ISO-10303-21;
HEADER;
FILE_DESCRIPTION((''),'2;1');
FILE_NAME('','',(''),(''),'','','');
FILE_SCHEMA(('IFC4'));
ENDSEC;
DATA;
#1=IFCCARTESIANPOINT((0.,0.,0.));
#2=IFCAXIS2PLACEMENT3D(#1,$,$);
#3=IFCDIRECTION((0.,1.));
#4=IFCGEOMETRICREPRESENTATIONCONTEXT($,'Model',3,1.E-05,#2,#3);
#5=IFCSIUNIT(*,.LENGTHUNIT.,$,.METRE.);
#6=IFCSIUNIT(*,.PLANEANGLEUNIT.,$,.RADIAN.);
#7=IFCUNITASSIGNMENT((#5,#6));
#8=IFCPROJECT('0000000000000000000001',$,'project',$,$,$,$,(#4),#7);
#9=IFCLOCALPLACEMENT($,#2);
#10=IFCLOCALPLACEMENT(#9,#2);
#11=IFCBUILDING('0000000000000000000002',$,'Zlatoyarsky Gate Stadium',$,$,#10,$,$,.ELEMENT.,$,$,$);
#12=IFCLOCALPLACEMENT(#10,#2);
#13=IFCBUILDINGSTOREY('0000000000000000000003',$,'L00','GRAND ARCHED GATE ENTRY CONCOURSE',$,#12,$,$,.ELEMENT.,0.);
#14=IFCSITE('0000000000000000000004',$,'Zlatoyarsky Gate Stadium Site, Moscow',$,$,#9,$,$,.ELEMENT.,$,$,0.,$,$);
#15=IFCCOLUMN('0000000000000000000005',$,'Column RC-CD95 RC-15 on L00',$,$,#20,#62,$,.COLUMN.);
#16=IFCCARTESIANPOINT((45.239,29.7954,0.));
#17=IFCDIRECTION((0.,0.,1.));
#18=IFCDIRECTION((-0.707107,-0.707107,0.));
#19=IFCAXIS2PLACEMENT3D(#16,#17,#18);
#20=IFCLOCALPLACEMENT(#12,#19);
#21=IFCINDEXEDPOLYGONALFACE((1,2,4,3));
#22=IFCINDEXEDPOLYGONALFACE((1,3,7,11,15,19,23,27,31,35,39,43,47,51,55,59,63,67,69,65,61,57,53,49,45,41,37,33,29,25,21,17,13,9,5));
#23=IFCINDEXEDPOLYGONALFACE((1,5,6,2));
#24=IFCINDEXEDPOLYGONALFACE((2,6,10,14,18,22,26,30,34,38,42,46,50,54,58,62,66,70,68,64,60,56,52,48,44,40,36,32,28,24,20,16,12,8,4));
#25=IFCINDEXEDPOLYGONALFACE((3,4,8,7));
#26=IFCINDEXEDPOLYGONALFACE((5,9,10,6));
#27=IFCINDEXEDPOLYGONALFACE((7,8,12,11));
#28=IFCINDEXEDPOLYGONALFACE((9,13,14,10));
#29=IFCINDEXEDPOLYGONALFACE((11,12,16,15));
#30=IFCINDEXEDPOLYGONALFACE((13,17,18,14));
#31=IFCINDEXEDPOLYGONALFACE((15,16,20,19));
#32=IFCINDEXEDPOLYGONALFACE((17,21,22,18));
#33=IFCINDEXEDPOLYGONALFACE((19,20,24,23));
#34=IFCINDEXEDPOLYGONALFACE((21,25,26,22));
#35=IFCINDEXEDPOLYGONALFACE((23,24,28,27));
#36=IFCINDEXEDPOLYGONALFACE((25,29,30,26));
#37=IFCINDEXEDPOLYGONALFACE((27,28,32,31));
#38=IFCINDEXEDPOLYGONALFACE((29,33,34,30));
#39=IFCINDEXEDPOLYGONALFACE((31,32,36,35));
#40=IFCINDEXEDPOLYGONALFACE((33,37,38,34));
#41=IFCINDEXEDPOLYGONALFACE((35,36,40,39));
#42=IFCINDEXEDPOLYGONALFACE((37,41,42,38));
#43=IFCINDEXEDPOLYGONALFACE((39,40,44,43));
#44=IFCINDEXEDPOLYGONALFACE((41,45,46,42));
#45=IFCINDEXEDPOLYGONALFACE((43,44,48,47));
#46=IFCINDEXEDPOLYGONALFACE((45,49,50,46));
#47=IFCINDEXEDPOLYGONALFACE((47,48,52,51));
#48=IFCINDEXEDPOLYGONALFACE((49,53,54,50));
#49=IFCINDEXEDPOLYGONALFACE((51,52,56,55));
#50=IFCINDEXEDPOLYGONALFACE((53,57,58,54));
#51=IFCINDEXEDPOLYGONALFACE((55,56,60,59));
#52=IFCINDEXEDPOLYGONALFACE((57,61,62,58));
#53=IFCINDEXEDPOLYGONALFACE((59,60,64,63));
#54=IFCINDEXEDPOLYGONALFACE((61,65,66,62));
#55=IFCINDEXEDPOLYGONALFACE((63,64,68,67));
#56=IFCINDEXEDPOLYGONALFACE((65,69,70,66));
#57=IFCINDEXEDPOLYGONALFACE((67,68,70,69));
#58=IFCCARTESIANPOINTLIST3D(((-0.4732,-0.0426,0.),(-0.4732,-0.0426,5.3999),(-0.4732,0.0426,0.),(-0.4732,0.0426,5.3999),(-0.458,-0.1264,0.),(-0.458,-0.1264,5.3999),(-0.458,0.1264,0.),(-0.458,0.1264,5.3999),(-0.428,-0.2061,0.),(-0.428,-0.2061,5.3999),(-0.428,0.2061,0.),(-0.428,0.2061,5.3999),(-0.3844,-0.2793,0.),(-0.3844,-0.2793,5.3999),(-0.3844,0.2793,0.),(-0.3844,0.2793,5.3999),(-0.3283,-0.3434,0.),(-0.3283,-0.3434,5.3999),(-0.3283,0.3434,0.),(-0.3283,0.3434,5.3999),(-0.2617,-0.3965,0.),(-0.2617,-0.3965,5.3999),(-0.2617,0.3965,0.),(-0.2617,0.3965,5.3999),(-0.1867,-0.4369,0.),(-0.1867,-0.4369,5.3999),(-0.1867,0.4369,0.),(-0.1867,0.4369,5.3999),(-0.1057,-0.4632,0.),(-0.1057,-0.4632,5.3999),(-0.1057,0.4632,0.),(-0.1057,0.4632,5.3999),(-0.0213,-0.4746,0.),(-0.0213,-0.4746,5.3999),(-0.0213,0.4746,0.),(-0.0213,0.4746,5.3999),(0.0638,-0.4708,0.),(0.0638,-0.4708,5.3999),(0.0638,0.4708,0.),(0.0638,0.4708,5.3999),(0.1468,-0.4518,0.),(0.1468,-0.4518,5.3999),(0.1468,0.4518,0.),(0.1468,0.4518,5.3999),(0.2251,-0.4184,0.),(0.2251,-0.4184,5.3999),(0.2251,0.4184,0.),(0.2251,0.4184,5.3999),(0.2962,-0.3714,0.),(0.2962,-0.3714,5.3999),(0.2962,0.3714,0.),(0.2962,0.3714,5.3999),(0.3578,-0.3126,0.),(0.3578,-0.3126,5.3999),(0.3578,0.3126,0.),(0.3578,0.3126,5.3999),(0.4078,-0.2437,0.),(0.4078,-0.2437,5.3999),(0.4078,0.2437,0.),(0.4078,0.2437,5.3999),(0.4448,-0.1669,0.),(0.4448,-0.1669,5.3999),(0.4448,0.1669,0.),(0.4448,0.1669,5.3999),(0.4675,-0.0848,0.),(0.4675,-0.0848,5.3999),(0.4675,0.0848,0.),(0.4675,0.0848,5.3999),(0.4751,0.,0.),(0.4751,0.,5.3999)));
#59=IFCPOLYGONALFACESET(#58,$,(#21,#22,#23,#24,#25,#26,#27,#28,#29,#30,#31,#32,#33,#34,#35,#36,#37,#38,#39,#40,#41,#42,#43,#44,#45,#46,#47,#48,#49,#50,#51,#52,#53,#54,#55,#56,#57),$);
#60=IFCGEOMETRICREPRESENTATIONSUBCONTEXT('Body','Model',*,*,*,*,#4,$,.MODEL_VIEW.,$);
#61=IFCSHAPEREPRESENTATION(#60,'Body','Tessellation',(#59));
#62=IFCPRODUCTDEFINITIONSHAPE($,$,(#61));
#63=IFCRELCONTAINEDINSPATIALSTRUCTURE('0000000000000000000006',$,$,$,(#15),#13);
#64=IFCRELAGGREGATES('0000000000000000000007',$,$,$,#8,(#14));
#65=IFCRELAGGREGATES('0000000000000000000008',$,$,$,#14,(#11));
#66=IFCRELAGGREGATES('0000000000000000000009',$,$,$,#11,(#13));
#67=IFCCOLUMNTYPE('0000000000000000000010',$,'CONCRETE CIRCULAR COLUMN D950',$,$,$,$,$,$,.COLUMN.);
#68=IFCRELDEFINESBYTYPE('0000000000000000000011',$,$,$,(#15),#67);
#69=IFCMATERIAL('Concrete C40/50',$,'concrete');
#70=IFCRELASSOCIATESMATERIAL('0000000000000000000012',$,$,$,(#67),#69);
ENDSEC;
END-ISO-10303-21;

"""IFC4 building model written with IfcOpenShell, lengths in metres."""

from ifc_helpers import new_model, si_unit, direction, frame, origin, origin_2d, place, context, subcontext, project, spatial, circle, extrude, material, material_profile, profile_set, type_object, element, save


model = new_model("IFC4")

# Units and contexts
model_context = context("Model", 3, precision=1e-05, world=origin(), true_north=direction((0.0, 1.0)))
body_context = subcontext(model_context, "Body", "Model", "MODEL_VIEW")
ifc_project = project(units=[si_unit("LENGTHUNIT", "METRE"), si_unit("PLANEANGLEUNIT", "RADIAN")], contexts=[model_context])

# Site, building, storey
site_placement = place(None, origin())
site = spatial("IfcSite", under=ifc_project, at=site_placement, Name="Zlatoyarsky Gate Stadium Site, Moscow", CompositionType="ELEMENT", RefElevation=0.0)
building_placement = place(site_placement, origin())
building = spatial("IfcBuilding", under=site, at=building_placement, Name="Zlatoyarsky Gate Stadium", CompositionType="ELEMENT")
storey_placement = place(building_placement, origin())
storey = spatial("IfcBuildingStorey", under=building, at=storey_placement, Name="L00", Description="GRAND ARCHED GATE ENTRY CONCOURSE", CompositionType="ELEMENT", Elevation=0.0)

# Column
ifc_material_1 = material(Name="Concrete C40/50", Category="concrete")
ifc_material_profile_1 = material_profile(ifc_material_1, circle(Radius=0.4751, at=origin_2d()), Name="RC COL D950")
ifc_profile_set_1 = profile_set([ifc_material_profile_1], Name="Concrete C40/50")
column_type_1 = type_object("IfcColumnType", Name="CONCRETE CIRCULAR COLUMN D950", PredefinedType="COLUMN", material=ifc_profile_set_1)
column_1_placement = place(storey_placement, frame((45.239, 29.7954, 0.0), z_axis=(0.0, 0.0, 1.0), x_axis=(-0.707107, -0.707107, 0.0)))
element("IfcColumn", 1, at=column_1_placement, inside=storey, type_object=column_type_1, Name="Column RC-CD95 RC-15 on L00", PredefinedType="COLUMN", context=body_context, shape_type="SweptSolid", body=[
    extrude(circle(Radius=0.4751, at=origin_2d()), origin(), (0.0, 0.0, 1.0), 5.3999),
])

save(model, "model.ifc")
